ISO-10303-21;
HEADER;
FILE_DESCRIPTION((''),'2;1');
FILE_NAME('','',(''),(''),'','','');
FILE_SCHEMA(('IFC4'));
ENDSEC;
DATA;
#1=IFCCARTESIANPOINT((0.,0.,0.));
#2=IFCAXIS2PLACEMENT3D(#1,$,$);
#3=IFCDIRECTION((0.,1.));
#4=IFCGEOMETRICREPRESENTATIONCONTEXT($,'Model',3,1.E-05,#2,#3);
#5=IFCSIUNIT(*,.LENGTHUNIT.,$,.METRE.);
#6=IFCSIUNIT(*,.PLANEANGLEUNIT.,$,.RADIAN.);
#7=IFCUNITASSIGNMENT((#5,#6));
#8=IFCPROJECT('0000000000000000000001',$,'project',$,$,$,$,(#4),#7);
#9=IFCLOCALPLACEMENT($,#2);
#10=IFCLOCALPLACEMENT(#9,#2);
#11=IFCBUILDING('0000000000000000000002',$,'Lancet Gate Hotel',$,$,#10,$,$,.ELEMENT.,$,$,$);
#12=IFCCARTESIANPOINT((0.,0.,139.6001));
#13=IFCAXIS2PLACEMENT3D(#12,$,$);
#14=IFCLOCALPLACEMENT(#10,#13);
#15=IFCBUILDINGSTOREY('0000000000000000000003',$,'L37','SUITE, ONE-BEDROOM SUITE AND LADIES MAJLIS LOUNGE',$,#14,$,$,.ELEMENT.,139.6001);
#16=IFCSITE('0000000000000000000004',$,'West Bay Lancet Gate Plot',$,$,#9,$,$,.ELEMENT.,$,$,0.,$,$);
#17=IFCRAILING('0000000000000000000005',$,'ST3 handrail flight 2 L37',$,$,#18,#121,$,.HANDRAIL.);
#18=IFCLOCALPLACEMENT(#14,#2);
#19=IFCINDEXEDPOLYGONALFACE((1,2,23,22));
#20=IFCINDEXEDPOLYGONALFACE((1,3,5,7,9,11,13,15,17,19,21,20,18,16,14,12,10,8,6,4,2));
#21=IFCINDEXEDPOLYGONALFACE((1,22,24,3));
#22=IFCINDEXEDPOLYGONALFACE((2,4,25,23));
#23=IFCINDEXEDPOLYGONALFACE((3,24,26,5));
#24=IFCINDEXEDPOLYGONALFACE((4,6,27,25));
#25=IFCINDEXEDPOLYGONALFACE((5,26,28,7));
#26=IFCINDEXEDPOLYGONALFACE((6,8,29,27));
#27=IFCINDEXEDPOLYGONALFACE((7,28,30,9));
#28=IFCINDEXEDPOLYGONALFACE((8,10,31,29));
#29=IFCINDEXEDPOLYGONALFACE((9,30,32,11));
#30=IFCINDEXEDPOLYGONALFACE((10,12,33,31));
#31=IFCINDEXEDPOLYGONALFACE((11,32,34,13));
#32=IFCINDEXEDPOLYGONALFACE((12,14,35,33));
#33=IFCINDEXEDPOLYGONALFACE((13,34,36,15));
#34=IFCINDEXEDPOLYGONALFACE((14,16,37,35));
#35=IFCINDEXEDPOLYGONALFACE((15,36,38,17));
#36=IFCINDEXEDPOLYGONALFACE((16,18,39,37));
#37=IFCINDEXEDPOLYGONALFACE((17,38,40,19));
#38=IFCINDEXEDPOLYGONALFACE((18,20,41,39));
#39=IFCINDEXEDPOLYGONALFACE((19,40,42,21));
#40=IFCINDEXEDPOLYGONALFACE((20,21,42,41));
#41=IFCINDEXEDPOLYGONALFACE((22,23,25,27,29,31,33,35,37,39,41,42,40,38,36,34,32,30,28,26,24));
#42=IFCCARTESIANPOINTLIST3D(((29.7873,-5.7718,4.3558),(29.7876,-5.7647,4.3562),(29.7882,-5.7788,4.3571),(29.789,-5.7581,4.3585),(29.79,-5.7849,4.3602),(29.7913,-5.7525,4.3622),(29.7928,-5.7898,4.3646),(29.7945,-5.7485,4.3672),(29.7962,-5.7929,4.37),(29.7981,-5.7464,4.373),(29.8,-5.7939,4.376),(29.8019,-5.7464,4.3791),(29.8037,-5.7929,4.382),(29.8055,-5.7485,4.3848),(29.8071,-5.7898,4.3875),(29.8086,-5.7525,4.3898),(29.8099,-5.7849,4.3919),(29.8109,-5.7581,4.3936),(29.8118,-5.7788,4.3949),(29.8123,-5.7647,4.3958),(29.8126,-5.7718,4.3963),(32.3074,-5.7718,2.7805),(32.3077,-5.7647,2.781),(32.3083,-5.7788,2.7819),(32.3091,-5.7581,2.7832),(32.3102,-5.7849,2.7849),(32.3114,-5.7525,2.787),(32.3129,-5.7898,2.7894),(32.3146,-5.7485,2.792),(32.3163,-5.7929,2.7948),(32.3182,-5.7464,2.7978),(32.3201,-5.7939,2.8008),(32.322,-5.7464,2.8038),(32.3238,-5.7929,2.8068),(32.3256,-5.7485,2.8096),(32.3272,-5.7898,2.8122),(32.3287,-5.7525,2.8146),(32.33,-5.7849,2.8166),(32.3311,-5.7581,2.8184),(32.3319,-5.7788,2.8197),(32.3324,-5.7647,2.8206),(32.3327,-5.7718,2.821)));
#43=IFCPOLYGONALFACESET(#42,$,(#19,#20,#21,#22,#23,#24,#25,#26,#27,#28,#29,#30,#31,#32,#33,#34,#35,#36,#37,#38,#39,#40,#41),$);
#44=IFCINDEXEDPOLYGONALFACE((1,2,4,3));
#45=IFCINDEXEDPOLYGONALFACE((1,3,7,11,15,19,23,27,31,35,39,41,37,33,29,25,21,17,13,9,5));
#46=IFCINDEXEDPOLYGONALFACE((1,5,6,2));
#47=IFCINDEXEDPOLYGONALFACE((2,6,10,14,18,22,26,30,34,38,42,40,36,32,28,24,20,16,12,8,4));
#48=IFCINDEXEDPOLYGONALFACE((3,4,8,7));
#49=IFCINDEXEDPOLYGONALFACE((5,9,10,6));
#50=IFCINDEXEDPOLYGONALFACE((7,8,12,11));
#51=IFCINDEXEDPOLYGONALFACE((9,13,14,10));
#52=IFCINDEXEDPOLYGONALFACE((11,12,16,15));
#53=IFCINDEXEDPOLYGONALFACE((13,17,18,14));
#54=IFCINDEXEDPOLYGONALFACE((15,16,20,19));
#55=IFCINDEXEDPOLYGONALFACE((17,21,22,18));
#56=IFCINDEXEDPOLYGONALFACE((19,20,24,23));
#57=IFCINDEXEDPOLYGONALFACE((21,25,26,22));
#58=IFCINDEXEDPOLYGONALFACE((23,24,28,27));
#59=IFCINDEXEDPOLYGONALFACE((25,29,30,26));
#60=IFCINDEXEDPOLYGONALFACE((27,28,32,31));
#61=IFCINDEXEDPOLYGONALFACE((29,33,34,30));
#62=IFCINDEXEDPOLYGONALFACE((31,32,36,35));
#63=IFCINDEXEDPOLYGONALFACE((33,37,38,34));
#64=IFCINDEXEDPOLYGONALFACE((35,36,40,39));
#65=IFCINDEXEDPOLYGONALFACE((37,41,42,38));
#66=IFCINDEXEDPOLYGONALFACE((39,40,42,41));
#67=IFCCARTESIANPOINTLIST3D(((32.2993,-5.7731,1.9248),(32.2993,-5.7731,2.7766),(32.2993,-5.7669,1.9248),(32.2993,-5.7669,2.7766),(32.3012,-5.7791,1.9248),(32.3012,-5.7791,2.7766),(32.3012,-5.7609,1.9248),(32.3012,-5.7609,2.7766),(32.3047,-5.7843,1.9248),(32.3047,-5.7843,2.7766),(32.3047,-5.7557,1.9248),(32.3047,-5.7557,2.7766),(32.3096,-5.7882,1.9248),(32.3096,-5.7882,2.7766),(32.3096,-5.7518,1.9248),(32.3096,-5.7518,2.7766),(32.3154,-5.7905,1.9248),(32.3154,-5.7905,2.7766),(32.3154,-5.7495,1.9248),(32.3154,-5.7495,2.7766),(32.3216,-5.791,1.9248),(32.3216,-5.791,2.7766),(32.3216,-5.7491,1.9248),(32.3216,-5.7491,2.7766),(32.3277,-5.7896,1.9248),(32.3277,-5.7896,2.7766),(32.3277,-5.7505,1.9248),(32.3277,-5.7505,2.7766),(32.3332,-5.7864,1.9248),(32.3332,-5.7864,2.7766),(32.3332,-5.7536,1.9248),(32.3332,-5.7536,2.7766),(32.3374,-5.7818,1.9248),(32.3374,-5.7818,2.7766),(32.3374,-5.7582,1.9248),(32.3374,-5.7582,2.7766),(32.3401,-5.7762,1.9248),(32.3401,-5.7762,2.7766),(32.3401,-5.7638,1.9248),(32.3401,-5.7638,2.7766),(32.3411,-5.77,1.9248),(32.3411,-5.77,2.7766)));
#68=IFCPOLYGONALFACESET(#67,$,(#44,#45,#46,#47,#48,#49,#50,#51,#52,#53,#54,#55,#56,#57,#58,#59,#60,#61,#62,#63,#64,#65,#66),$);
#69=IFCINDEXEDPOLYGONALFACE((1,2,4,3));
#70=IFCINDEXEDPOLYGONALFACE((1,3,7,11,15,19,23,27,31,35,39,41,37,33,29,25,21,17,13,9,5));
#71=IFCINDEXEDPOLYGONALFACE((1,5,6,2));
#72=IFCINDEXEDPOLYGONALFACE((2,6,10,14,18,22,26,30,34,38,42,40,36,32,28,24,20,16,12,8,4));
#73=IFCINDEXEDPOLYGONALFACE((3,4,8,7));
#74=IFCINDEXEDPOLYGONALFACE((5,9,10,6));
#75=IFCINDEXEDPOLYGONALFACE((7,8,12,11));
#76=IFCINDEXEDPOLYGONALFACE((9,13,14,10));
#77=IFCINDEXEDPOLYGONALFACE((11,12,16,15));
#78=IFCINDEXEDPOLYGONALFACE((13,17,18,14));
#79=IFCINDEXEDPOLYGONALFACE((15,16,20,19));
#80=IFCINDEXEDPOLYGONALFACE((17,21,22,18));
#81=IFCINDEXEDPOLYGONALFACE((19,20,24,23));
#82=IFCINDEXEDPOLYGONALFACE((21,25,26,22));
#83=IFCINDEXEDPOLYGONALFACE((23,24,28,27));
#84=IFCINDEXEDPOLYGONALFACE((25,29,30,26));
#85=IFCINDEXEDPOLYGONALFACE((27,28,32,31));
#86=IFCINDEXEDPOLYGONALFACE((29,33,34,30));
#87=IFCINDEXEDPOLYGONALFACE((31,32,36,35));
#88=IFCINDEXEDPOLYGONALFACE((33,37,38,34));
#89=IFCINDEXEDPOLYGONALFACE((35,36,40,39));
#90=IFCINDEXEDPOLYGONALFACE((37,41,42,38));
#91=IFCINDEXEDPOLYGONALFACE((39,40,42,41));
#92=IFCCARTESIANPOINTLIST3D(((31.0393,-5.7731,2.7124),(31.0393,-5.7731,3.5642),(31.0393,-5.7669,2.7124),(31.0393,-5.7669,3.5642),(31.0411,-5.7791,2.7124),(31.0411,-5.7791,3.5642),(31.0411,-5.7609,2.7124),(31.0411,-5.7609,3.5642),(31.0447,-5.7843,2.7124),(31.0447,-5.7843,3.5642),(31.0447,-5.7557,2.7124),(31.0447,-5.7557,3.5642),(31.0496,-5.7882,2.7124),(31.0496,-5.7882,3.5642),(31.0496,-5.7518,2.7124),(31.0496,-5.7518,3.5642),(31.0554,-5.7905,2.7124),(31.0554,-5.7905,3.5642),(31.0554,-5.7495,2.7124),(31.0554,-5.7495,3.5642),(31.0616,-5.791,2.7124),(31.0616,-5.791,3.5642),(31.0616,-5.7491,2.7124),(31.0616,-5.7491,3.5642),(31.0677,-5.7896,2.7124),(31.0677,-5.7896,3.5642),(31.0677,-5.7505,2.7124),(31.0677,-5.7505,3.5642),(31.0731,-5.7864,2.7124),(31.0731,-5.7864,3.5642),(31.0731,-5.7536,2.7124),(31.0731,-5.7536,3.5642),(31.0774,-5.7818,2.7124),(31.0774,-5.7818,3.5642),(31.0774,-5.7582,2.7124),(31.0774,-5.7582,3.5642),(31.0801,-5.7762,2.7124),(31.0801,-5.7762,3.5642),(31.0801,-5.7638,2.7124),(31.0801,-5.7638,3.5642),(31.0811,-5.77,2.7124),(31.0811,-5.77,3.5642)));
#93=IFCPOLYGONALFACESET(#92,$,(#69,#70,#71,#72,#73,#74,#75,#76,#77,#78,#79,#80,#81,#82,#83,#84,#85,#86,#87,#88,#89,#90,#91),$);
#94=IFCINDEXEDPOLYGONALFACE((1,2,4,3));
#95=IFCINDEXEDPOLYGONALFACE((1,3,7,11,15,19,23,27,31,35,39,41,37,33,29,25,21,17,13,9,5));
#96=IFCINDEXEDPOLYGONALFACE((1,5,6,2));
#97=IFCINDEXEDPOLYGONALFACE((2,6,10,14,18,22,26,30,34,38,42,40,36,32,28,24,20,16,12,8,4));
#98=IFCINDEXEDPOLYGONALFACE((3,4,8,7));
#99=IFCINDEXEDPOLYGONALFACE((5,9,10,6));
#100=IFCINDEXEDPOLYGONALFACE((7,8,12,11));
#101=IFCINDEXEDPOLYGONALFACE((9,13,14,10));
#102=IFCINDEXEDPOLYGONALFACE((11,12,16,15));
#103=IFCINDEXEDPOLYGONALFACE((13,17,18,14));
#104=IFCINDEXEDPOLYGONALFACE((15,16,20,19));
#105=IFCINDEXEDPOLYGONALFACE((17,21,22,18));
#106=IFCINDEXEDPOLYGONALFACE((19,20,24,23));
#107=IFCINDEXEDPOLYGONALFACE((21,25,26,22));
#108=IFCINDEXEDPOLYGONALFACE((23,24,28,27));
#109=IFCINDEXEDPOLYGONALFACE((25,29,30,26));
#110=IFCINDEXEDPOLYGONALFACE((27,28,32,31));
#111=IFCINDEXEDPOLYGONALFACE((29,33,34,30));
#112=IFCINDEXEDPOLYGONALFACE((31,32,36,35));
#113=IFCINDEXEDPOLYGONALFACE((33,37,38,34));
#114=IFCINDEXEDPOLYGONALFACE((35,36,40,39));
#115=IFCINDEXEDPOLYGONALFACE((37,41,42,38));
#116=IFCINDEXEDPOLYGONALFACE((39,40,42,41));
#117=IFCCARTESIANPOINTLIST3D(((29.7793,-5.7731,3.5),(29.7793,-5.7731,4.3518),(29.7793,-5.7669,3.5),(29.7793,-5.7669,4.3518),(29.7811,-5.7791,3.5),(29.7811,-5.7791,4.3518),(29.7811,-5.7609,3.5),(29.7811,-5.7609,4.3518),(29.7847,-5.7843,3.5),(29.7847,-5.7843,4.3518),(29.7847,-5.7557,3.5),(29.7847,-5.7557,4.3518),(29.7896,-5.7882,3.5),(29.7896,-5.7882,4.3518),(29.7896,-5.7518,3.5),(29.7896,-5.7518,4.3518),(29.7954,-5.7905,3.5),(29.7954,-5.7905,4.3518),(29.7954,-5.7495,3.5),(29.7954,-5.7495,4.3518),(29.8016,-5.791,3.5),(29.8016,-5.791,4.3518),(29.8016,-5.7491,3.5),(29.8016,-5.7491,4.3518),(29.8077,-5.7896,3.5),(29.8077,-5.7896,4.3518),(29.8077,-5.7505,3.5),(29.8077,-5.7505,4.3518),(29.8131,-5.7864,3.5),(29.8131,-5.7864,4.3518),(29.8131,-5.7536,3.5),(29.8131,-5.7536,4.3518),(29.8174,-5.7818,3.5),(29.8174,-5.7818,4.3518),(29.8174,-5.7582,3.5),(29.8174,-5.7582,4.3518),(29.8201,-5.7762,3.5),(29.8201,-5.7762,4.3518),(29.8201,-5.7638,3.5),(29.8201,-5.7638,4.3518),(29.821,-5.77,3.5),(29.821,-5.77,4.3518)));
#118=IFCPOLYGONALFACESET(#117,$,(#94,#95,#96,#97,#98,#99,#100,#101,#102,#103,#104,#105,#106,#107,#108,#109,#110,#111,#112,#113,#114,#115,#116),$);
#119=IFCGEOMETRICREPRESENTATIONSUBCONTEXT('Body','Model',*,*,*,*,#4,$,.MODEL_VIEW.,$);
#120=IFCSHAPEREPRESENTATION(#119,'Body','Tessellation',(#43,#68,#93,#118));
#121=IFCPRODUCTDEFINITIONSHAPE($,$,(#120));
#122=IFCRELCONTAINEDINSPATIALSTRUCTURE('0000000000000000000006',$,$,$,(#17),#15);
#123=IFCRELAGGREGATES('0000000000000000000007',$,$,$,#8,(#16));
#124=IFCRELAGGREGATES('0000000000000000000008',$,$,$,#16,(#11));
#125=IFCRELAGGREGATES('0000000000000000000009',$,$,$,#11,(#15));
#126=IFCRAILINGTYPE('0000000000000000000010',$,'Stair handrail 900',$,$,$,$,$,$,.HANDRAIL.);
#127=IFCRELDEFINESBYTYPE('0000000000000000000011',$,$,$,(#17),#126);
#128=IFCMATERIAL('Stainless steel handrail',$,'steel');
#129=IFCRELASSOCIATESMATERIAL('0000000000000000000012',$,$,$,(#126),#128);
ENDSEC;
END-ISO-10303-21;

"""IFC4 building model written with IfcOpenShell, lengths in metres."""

from ifc_helpers import new_model, si_unit, direction, frame, origin, origin_2d, place, context, subcontext, project, spatial, circle, extrude, material, type_object, element, save


model = new_model("IFC4")

# Units and contexts
model_context = context("Model", 3, precision=1e-05, world=origin(), true_north=direction((0.0, 1.0)))
body_context = subcontext(model_context, "Body", "Model", "MODEL_VIEW")
ifc_project = project(units=[si_unit("LENGTHUNIT", "METRE"), si_unit("PLANEANGLEUNIT", "RADIAN")], contexts=[model_context])

# Site, building, storey
site_placement = place(None, origin())
site = spatial("IfcSite", under=ifc_project, at=site_placement, Name="West Bay Lancet Gate Plot", CompositionType="ELEMENT", RefElevation=0.0)
building_placement = place(site_placement, origin())
building = spatial("IfcBuilding", under=site, at=building_placement, Name="Lancet Gate Hotel", CompositionType="ELEMENT")
storey_placement = place(building_placement, frame((0.0, 0.0, 139.6001)))
storey = spatial("IfcBuildingStorey", under=building, at=storey_placement, Name="L37", Description="SUITE, ONE-BEDROOM SUITE AND LADIES MAJLIS LOUNGE", CompositionType="ELEMENT", Elevation=139.6001)

# Railing
ifc_material_1 = material(Name="Stainless steel handrail", Category="steel")
railing_type = type_object("IfcRailingType", Name="Stair handrail 900", PredefinedType="HANDRAIL", material=ifc_material_1)
railing_1_placement = place(storey_placement, frame((32.3201, -5.77, 1.9248)))
element("IfcRailing", 1, at=railing_1_placement, inside=storey, type_object=railing_type, Name="ST3 handrail flight 2 L37", PredefinedType="HANDRAIL", context=body_context, shape_type="SweptSolid", body=[
    extrude(circle(Radius=0.0239, at=origin_2d()), frame((0.0, 0.0, 0.876), z_axis=(-0.847971, 0.0, 0.530043), x_axis=(0.0, -1.0, 0.0)), (0.0, 0.0, 1.0), 2.9719),
    extrude(circle(Radius=0.021, at=origin_2d()), origin(), (0.0, 0.0, 1.0), 0.8518),
    extrude(circle(Radius=0.021, at=origin_2d()), frame((-1.26, 0.0, 0.7876)), (0.0, 0.0, 1.0), 0.8518),
    extrude(circle(Radius=0.021, at=origin_2d()), frame((-2.52, 0.0, 1.5752)), (0.0, 0.0, 1.0), 0.8518),
])

save(model, "model.ifc")
